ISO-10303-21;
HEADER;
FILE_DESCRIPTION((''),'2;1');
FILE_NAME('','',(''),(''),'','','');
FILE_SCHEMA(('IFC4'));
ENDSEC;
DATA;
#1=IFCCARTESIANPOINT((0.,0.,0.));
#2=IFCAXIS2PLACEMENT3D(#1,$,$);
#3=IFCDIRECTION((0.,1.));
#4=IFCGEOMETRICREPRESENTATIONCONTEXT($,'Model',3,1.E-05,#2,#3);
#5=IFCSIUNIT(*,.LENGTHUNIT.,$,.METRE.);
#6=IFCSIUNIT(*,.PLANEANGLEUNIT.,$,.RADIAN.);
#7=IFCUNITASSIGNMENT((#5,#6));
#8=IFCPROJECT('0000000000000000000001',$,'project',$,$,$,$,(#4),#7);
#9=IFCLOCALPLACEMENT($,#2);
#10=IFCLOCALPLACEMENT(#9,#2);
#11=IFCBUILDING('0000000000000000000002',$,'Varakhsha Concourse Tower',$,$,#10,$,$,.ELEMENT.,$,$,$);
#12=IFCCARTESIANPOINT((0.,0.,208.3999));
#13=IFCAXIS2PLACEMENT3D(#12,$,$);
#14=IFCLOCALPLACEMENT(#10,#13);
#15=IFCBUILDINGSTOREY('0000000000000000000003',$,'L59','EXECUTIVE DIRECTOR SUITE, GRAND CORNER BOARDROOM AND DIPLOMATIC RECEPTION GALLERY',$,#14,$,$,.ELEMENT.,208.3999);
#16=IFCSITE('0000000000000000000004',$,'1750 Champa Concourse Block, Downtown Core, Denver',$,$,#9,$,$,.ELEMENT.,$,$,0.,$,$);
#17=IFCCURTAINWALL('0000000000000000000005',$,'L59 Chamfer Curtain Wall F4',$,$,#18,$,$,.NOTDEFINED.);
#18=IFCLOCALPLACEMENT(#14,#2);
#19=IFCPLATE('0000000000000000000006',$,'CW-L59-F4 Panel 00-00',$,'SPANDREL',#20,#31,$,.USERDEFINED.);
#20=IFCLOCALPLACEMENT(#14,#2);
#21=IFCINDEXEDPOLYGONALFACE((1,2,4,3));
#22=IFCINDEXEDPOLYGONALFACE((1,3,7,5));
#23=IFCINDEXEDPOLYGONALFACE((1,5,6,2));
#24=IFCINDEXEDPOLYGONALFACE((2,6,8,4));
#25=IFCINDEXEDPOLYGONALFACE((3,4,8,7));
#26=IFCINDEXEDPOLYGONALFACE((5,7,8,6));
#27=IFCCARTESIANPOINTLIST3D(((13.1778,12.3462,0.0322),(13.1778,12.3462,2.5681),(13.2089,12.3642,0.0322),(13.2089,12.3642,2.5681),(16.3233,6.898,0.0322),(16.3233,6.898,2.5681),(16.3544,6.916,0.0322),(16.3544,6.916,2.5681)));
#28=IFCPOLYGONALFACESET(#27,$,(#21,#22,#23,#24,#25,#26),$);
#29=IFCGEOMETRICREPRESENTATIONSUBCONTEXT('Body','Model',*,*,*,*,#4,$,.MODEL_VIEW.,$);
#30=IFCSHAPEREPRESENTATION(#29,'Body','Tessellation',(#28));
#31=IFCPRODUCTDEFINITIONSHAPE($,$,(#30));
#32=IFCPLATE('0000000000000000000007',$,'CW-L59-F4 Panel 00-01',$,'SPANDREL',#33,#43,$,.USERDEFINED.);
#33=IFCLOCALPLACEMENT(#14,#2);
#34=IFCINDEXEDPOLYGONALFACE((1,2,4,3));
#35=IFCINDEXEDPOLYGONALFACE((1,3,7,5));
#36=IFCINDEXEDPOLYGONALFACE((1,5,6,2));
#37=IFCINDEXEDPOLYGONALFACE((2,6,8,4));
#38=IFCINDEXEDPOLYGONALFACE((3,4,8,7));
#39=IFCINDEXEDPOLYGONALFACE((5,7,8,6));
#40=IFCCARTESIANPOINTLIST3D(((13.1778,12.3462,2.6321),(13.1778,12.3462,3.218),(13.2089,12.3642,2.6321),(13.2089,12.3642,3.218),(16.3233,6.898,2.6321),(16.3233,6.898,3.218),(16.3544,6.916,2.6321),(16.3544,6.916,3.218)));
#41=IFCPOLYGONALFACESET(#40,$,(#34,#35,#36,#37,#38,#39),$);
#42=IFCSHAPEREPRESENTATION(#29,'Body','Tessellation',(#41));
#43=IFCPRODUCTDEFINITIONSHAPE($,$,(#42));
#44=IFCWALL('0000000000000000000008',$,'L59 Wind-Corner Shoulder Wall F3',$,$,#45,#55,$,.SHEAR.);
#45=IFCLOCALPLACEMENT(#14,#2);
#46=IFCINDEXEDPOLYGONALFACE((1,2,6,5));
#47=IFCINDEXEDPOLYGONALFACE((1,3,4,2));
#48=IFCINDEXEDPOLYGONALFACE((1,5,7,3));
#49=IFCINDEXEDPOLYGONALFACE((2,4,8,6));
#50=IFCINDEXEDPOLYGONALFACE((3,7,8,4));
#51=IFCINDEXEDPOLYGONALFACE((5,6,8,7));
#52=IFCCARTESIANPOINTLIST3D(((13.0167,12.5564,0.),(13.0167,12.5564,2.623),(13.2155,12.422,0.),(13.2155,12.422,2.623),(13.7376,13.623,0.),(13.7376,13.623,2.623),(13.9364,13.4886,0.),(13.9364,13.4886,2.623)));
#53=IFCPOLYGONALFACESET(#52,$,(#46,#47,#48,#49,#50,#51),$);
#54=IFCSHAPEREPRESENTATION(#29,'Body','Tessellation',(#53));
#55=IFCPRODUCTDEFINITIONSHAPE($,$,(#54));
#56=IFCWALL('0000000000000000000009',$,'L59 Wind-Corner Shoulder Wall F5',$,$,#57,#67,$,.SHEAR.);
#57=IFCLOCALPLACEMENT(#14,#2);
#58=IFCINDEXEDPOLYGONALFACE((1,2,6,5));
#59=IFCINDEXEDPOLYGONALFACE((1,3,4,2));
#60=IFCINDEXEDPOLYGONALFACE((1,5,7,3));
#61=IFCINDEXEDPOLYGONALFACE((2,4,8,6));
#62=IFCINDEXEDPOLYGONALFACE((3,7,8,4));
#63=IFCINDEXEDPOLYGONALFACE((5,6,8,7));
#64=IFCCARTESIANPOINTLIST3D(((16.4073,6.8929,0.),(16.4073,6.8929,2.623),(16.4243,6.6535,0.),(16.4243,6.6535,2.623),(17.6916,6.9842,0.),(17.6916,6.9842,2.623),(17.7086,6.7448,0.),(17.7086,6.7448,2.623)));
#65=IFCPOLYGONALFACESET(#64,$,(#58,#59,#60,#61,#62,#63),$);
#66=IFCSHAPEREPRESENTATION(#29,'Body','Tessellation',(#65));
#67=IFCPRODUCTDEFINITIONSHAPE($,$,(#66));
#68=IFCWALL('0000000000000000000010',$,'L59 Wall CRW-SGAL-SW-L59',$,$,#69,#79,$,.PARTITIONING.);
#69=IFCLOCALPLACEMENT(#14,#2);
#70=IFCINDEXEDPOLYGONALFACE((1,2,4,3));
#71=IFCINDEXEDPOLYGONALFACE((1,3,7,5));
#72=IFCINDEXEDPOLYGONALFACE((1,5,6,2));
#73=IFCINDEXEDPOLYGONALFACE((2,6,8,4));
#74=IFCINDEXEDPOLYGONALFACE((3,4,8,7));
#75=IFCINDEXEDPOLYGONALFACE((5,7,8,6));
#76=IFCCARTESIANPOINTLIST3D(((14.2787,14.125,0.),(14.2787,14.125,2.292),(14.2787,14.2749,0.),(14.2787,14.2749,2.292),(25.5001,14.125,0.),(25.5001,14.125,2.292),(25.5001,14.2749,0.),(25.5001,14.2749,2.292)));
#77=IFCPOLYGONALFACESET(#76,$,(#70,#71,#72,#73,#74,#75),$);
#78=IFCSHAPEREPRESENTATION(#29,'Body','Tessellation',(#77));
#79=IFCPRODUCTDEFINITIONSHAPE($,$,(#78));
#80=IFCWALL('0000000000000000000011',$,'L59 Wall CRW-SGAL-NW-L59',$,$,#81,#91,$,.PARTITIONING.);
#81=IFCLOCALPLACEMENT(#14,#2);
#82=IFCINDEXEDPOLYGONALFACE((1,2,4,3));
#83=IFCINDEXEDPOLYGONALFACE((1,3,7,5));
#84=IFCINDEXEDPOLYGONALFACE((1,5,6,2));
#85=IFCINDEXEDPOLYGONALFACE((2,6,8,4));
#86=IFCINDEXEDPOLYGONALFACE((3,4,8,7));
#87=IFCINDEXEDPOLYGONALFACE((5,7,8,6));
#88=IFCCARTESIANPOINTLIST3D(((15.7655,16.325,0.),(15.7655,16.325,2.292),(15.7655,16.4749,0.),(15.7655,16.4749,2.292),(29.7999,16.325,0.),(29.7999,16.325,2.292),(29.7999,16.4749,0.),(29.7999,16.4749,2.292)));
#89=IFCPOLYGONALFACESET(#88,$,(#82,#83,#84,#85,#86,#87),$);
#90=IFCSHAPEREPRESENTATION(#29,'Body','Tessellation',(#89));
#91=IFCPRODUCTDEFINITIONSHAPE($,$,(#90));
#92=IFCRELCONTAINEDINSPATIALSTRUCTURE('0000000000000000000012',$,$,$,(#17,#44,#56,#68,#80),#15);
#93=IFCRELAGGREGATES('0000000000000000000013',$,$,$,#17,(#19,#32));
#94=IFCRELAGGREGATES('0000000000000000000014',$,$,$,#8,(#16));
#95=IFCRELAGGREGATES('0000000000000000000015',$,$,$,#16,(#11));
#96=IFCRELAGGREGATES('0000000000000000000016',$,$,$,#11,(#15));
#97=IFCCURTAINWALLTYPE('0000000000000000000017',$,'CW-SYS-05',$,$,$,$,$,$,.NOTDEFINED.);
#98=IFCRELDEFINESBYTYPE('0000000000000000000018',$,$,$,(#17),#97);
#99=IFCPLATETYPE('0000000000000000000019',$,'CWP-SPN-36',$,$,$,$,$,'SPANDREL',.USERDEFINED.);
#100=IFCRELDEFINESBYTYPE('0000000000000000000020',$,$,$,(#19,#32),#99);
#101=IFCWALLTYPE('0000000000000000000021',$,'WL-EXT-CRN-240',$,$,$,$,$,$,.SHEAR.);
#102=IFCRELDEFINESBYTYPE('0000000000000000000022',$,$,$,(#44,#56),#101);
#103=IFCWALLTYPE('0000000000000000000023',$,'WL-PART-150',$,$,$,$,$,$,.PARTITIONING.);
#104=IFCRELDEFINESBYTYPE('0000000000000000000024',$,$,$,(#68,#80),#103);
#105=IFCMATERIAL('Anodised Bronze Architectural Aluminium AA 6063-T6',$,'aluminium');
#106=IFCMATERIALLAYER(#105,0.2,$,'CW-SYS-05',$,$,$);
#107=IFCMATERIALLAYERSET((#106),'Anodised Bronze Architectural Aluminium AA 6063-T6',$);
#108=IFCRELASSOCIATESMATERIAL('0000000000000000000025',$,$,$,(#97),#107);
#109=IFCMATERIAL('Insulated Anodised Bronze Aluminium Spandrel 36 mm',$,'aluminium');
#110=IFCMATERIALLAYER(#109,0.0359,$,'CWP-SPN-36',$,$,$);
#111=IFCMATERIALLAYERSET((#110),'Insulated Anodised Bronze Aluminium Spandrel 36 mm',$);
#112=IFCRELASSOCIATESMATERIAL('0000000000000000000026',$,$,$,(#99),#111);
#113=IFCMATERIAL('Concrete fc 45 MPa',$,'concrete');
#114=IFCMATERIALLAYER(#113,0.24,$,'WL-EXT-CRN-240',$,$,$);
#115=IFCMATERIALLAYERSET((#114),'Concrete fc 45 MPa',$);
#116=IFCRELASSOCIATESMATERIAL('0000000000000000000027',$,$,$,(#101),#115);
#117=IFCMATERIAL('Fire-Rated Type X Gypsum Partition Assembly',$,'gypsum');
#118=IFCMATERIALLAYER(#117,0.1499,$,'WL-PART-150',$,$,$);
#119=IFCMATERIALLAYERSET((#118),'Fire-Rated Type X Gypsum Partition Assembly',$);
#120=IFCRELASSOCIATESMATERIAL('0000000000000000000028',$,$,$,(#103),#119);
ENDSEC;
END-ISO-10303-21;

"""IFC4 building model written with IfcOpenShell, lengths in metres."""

from ifc_helpers import new_model, si_unit, direction, frame, frame_2d, origin, origin_2d, place, context, subcontext, project, spatial, rectangle, extrude, source, transform, mapped, material, layer, layer_set, type_object, element, aggregate, save


model = new_model("IFC4")

# Units and contexts
model_context = context("Model", 3, precision=1e-05, world=origin(), true_north=direction((0.0, 1.0)))
body_context = subcontext(model_context, "Body", "Model", "MODEL_VIEW")
ifc_project = project(units=[si_unit("LENGTHUNIT", "METRE"), si_unit("PLANEANGLEUNIT", "RADIAN")], contexts=[model_context])

# Site, building, storey
site_placement = place(None, origin())
site = spatial("IfcSite", under=ifc_project, at=site_placement, Name="1750 Champa Concourse Block, Downtown Core, Denver", CompositionType="ELEMENT", RefElevation=0.0)
building_placement = place(site_placement, origin())
building = spatial("IfcBuilding", under=site, at=building_placement, Name="Varakhsha Concourse Tower", CompositionType="ELEMENT")
storey_placement = place(building_placement, frame((0.0, 0.0, 208.3999)))
storey = spatial("IfcBuildingStorey", under=building, at=storey_placement, Name="L59", Description="EXECUTIVE DIRECTOR SUITE, GRAND CORNER BOARDROOM AND DIPLOMATIC RECEPTION GALLERY", CompositionType="ELEMENT", Elevation=208.3999)

# Shared definitions
ifc_material_1 = material(Name="Anodised Bronze Architectural Aluminium AA 6063-T6", Category="aluminium")
ifc_layer_1 = layer(ifc_material_1, 0.2, Name="CW-SYS-05")
ifc_layer_set_1 = layer_set([ifc_layer_1], Name="Anodised Bronze Architectural Aluminium AA 6063-T6")
curtain_wall_type = type_object("IfcCurtainWallType", Name="CW-SYS-05", PredefinedType="NOTDEFINED", material=ifc_layer_set_1)

# Curtain wall
curtain_wall_1_placement = place(storey_placement, origin())
curtain_wall_1 = element("IfcCurtainWall", 1, at=curtain_wall_1_placement, inside=storey, type_object=curtain_wall_type, Name="L59 Chamfer Curtain Wall F4", PredefinedType="NOTDEFINED")

# Shared definitions
ifc_material_2 = material(Name="Concrete fc 45 MPa", Category="concrete")

# Plates
ifc_material_3 = material(Name="Insulated Anodised Bronze Aluminium Spandrel 36 mm", Category="aluminium")
ifc_layer_2 = layer(ifc_material_3, 0.0359, Name="CWP-SPN-36")
ifc_layer_set_2 = layer_set([ifc_layer_2], Name="Insulated Anodised Bronze Aluminium Spandrel 36 mm")
plate_type_1 = type_object("IfcPlateType", Name="CWP-SPN-36", ElementType="SPANDREL", PredefinedType="USERDEFINED", material=ifc_layer_set_2)
shared_shape_1 = source(origin(), body_context, "Body", "SweptSolid", [
    extrude(rectangle(XDim=6.291, YDim=0.0359, at=origin_2d()), origin(), (0.0, 0.0, 1.0), 2.5359),
])
plate_1_placement = place(storey_placement, frame((14.7661, 9.6311, 0.0322), z_axis=(0.0, 0.0, 1.0), x_axis=(-0.499994, 0.866029, 0.0)))
plate_1 = element("IfcPlate", 2, at=plate_1_placement, type_object=plate_type_1, Name="CW-L59-F4 Panel 00-00", ObjectType="SPANDREL", PredefinedType="USERDEFINED", context=body_context, shape_type="MappedRepresentation", body=[
    mapped(shared_shape_1, transform((0.0, 0.0, 0.0), scale=1.0)),
])
shared_shape_2 = source(origin(), body_context, "Body", "SweptSolid", [
    extrude(rectangle(XDim=6.291, YDim=0.0359, at=origin_2d()), origin(), (0.0, 0.0, 1.0), 0.5859),
])
plate_2_placement = place(storey_placement, frame((14.7661, 9.6311, 2.6321), z_axis=(0.0, 0.0, 1.0), x_axis=(-0.499994, 0.866029, 0.0)))
plate_2 = element("IfcPlate", 3, at=plate_2_placement, type_object=plate_type_1, Name="CW-L59-F4 Panel 00-01", ObjectType="SPANDREL", PredefinedType="USERDEFINED", context=body_context, shape_type="MappedRepresentation", body=[
    mapped(shared_shape_2, transform((0.0, 0.0, 0.0), scale=1.0)),
])
aggregate(curtain_wall_1, [plate_1, plate_2])

# Walls
ifc_layer_3 = layer(ifc_material_2, 0.24, Name="WL-EXT-CRN-240")
ifc_layer_set_3 = layer_set([ifc_layer_3], Name="Concrete fc 45 MPa")
wall_type_1 = type_object("IfcWallType", Name="WL-EXT-CRN-240", PredefinedType="SHEAR", material=ifc_layer_set_3)
wall_1_placement = place(storey_placement, frame((13.8369, 13.5557, 0.0), z_axis=(0.0, 0.0, 1.0), x_axis=(-0.559984, -0.828503, 0.0)))
element("IfcWall", 4, at=wall_1_placement, inside=storey, type_object=wall_type_1, Name="L59 Wind-Corner Shoulder Wall F3", PredefinedType="SHEAR", context=body_context, shape_type="SweptSolid", body=[
    extrude(rectangle(XDim=1.2874, YDim=0.24, at=frame_2d((0.6436, 0.0))), origin(), (0.0, 0.0, 1.0), 2.623),
])
wall_2_placement = place(storey_placement, frame((16.4158, 6.7732, 0.0), z_axis=(0.0, 0.0, 1.0), x_axis=(0.997483, 0.07091, 0.0)))
element("IfcWall", 5, at=wall_2_placement, inside=storey, type_object=wall_type_1, Name="L59 Wind-Corner Shoulder Wall F5", PredefinedType="SHEAR", context=body_context, shape_type="SweptSolid", body=[
    extrude(rectangle(XDim=1.2876, YDim=0.24, at=frame_2d((0.6438, 0.0))), origin(), (0.0, 0.0, 1.0), 2.623),
])
ifc_material_4 = material(Name="Fire-Rated Type X Gypsum Partition Assembly", Category="gypsum")
ifc_layer_4 = layer(ifc_material_4, 0.1499, Name="WL-PART-150")
ifc_layer_set_4 = layer_set([ifc_layer_4], Name="Fire-Rated Type X Gypsum Partition Assembly")
wall_type_2 = type_object("IfcWallType", Name="WL-PART-150", PredefinedType="PARTITIONING", material=ifc_layer_set_4)
wall_3_placement = place(storey_placement, frame((14.2786, 14.2, 0.0), z_axis=(0.0, 0.0, 1.0), x_axis=(1.0, 0.0, 0.0)))
element("IfcWall", 6, at=wall_3_placement, inside=storey, type_object=wall_type_2, Name="L59 Wall CRW-SGAL-SW-L59", PredefinedType="PARTITIONING", context=body_context, shape_type="SweptSolid", body=[
    extrude(rectangle(XDim=11.2214, YDim=0.1499, at=frame_2d((5.6108, 0.0))), origin(), (0.0, 0.0, 1.0), 2.292),
])
wall_4_placement = place(storey_placement, frame((15.7656, 16.3999, 0.0), z_axis=(0.0, 0.0, 1.0), x_axis=(1.0, 0.0, 0.0)))
element("IfcWall", 7, at=wall_4_placement, inside=storey, type_object=wall_type_2, Name="L59 Wall CRW-SGAL-NW-L59", PredefinedType="PARTITIONING", context=body_context, shape_type="SweptSolid", body=[
    extrude(rectangle(XDim=14.0344, YDim=0.1499, at=frame_2d((7.0171, 0.0))), origin(), (0.0, 0.0, 1.0), 2.292),
])

save(model, "model.ifc")
